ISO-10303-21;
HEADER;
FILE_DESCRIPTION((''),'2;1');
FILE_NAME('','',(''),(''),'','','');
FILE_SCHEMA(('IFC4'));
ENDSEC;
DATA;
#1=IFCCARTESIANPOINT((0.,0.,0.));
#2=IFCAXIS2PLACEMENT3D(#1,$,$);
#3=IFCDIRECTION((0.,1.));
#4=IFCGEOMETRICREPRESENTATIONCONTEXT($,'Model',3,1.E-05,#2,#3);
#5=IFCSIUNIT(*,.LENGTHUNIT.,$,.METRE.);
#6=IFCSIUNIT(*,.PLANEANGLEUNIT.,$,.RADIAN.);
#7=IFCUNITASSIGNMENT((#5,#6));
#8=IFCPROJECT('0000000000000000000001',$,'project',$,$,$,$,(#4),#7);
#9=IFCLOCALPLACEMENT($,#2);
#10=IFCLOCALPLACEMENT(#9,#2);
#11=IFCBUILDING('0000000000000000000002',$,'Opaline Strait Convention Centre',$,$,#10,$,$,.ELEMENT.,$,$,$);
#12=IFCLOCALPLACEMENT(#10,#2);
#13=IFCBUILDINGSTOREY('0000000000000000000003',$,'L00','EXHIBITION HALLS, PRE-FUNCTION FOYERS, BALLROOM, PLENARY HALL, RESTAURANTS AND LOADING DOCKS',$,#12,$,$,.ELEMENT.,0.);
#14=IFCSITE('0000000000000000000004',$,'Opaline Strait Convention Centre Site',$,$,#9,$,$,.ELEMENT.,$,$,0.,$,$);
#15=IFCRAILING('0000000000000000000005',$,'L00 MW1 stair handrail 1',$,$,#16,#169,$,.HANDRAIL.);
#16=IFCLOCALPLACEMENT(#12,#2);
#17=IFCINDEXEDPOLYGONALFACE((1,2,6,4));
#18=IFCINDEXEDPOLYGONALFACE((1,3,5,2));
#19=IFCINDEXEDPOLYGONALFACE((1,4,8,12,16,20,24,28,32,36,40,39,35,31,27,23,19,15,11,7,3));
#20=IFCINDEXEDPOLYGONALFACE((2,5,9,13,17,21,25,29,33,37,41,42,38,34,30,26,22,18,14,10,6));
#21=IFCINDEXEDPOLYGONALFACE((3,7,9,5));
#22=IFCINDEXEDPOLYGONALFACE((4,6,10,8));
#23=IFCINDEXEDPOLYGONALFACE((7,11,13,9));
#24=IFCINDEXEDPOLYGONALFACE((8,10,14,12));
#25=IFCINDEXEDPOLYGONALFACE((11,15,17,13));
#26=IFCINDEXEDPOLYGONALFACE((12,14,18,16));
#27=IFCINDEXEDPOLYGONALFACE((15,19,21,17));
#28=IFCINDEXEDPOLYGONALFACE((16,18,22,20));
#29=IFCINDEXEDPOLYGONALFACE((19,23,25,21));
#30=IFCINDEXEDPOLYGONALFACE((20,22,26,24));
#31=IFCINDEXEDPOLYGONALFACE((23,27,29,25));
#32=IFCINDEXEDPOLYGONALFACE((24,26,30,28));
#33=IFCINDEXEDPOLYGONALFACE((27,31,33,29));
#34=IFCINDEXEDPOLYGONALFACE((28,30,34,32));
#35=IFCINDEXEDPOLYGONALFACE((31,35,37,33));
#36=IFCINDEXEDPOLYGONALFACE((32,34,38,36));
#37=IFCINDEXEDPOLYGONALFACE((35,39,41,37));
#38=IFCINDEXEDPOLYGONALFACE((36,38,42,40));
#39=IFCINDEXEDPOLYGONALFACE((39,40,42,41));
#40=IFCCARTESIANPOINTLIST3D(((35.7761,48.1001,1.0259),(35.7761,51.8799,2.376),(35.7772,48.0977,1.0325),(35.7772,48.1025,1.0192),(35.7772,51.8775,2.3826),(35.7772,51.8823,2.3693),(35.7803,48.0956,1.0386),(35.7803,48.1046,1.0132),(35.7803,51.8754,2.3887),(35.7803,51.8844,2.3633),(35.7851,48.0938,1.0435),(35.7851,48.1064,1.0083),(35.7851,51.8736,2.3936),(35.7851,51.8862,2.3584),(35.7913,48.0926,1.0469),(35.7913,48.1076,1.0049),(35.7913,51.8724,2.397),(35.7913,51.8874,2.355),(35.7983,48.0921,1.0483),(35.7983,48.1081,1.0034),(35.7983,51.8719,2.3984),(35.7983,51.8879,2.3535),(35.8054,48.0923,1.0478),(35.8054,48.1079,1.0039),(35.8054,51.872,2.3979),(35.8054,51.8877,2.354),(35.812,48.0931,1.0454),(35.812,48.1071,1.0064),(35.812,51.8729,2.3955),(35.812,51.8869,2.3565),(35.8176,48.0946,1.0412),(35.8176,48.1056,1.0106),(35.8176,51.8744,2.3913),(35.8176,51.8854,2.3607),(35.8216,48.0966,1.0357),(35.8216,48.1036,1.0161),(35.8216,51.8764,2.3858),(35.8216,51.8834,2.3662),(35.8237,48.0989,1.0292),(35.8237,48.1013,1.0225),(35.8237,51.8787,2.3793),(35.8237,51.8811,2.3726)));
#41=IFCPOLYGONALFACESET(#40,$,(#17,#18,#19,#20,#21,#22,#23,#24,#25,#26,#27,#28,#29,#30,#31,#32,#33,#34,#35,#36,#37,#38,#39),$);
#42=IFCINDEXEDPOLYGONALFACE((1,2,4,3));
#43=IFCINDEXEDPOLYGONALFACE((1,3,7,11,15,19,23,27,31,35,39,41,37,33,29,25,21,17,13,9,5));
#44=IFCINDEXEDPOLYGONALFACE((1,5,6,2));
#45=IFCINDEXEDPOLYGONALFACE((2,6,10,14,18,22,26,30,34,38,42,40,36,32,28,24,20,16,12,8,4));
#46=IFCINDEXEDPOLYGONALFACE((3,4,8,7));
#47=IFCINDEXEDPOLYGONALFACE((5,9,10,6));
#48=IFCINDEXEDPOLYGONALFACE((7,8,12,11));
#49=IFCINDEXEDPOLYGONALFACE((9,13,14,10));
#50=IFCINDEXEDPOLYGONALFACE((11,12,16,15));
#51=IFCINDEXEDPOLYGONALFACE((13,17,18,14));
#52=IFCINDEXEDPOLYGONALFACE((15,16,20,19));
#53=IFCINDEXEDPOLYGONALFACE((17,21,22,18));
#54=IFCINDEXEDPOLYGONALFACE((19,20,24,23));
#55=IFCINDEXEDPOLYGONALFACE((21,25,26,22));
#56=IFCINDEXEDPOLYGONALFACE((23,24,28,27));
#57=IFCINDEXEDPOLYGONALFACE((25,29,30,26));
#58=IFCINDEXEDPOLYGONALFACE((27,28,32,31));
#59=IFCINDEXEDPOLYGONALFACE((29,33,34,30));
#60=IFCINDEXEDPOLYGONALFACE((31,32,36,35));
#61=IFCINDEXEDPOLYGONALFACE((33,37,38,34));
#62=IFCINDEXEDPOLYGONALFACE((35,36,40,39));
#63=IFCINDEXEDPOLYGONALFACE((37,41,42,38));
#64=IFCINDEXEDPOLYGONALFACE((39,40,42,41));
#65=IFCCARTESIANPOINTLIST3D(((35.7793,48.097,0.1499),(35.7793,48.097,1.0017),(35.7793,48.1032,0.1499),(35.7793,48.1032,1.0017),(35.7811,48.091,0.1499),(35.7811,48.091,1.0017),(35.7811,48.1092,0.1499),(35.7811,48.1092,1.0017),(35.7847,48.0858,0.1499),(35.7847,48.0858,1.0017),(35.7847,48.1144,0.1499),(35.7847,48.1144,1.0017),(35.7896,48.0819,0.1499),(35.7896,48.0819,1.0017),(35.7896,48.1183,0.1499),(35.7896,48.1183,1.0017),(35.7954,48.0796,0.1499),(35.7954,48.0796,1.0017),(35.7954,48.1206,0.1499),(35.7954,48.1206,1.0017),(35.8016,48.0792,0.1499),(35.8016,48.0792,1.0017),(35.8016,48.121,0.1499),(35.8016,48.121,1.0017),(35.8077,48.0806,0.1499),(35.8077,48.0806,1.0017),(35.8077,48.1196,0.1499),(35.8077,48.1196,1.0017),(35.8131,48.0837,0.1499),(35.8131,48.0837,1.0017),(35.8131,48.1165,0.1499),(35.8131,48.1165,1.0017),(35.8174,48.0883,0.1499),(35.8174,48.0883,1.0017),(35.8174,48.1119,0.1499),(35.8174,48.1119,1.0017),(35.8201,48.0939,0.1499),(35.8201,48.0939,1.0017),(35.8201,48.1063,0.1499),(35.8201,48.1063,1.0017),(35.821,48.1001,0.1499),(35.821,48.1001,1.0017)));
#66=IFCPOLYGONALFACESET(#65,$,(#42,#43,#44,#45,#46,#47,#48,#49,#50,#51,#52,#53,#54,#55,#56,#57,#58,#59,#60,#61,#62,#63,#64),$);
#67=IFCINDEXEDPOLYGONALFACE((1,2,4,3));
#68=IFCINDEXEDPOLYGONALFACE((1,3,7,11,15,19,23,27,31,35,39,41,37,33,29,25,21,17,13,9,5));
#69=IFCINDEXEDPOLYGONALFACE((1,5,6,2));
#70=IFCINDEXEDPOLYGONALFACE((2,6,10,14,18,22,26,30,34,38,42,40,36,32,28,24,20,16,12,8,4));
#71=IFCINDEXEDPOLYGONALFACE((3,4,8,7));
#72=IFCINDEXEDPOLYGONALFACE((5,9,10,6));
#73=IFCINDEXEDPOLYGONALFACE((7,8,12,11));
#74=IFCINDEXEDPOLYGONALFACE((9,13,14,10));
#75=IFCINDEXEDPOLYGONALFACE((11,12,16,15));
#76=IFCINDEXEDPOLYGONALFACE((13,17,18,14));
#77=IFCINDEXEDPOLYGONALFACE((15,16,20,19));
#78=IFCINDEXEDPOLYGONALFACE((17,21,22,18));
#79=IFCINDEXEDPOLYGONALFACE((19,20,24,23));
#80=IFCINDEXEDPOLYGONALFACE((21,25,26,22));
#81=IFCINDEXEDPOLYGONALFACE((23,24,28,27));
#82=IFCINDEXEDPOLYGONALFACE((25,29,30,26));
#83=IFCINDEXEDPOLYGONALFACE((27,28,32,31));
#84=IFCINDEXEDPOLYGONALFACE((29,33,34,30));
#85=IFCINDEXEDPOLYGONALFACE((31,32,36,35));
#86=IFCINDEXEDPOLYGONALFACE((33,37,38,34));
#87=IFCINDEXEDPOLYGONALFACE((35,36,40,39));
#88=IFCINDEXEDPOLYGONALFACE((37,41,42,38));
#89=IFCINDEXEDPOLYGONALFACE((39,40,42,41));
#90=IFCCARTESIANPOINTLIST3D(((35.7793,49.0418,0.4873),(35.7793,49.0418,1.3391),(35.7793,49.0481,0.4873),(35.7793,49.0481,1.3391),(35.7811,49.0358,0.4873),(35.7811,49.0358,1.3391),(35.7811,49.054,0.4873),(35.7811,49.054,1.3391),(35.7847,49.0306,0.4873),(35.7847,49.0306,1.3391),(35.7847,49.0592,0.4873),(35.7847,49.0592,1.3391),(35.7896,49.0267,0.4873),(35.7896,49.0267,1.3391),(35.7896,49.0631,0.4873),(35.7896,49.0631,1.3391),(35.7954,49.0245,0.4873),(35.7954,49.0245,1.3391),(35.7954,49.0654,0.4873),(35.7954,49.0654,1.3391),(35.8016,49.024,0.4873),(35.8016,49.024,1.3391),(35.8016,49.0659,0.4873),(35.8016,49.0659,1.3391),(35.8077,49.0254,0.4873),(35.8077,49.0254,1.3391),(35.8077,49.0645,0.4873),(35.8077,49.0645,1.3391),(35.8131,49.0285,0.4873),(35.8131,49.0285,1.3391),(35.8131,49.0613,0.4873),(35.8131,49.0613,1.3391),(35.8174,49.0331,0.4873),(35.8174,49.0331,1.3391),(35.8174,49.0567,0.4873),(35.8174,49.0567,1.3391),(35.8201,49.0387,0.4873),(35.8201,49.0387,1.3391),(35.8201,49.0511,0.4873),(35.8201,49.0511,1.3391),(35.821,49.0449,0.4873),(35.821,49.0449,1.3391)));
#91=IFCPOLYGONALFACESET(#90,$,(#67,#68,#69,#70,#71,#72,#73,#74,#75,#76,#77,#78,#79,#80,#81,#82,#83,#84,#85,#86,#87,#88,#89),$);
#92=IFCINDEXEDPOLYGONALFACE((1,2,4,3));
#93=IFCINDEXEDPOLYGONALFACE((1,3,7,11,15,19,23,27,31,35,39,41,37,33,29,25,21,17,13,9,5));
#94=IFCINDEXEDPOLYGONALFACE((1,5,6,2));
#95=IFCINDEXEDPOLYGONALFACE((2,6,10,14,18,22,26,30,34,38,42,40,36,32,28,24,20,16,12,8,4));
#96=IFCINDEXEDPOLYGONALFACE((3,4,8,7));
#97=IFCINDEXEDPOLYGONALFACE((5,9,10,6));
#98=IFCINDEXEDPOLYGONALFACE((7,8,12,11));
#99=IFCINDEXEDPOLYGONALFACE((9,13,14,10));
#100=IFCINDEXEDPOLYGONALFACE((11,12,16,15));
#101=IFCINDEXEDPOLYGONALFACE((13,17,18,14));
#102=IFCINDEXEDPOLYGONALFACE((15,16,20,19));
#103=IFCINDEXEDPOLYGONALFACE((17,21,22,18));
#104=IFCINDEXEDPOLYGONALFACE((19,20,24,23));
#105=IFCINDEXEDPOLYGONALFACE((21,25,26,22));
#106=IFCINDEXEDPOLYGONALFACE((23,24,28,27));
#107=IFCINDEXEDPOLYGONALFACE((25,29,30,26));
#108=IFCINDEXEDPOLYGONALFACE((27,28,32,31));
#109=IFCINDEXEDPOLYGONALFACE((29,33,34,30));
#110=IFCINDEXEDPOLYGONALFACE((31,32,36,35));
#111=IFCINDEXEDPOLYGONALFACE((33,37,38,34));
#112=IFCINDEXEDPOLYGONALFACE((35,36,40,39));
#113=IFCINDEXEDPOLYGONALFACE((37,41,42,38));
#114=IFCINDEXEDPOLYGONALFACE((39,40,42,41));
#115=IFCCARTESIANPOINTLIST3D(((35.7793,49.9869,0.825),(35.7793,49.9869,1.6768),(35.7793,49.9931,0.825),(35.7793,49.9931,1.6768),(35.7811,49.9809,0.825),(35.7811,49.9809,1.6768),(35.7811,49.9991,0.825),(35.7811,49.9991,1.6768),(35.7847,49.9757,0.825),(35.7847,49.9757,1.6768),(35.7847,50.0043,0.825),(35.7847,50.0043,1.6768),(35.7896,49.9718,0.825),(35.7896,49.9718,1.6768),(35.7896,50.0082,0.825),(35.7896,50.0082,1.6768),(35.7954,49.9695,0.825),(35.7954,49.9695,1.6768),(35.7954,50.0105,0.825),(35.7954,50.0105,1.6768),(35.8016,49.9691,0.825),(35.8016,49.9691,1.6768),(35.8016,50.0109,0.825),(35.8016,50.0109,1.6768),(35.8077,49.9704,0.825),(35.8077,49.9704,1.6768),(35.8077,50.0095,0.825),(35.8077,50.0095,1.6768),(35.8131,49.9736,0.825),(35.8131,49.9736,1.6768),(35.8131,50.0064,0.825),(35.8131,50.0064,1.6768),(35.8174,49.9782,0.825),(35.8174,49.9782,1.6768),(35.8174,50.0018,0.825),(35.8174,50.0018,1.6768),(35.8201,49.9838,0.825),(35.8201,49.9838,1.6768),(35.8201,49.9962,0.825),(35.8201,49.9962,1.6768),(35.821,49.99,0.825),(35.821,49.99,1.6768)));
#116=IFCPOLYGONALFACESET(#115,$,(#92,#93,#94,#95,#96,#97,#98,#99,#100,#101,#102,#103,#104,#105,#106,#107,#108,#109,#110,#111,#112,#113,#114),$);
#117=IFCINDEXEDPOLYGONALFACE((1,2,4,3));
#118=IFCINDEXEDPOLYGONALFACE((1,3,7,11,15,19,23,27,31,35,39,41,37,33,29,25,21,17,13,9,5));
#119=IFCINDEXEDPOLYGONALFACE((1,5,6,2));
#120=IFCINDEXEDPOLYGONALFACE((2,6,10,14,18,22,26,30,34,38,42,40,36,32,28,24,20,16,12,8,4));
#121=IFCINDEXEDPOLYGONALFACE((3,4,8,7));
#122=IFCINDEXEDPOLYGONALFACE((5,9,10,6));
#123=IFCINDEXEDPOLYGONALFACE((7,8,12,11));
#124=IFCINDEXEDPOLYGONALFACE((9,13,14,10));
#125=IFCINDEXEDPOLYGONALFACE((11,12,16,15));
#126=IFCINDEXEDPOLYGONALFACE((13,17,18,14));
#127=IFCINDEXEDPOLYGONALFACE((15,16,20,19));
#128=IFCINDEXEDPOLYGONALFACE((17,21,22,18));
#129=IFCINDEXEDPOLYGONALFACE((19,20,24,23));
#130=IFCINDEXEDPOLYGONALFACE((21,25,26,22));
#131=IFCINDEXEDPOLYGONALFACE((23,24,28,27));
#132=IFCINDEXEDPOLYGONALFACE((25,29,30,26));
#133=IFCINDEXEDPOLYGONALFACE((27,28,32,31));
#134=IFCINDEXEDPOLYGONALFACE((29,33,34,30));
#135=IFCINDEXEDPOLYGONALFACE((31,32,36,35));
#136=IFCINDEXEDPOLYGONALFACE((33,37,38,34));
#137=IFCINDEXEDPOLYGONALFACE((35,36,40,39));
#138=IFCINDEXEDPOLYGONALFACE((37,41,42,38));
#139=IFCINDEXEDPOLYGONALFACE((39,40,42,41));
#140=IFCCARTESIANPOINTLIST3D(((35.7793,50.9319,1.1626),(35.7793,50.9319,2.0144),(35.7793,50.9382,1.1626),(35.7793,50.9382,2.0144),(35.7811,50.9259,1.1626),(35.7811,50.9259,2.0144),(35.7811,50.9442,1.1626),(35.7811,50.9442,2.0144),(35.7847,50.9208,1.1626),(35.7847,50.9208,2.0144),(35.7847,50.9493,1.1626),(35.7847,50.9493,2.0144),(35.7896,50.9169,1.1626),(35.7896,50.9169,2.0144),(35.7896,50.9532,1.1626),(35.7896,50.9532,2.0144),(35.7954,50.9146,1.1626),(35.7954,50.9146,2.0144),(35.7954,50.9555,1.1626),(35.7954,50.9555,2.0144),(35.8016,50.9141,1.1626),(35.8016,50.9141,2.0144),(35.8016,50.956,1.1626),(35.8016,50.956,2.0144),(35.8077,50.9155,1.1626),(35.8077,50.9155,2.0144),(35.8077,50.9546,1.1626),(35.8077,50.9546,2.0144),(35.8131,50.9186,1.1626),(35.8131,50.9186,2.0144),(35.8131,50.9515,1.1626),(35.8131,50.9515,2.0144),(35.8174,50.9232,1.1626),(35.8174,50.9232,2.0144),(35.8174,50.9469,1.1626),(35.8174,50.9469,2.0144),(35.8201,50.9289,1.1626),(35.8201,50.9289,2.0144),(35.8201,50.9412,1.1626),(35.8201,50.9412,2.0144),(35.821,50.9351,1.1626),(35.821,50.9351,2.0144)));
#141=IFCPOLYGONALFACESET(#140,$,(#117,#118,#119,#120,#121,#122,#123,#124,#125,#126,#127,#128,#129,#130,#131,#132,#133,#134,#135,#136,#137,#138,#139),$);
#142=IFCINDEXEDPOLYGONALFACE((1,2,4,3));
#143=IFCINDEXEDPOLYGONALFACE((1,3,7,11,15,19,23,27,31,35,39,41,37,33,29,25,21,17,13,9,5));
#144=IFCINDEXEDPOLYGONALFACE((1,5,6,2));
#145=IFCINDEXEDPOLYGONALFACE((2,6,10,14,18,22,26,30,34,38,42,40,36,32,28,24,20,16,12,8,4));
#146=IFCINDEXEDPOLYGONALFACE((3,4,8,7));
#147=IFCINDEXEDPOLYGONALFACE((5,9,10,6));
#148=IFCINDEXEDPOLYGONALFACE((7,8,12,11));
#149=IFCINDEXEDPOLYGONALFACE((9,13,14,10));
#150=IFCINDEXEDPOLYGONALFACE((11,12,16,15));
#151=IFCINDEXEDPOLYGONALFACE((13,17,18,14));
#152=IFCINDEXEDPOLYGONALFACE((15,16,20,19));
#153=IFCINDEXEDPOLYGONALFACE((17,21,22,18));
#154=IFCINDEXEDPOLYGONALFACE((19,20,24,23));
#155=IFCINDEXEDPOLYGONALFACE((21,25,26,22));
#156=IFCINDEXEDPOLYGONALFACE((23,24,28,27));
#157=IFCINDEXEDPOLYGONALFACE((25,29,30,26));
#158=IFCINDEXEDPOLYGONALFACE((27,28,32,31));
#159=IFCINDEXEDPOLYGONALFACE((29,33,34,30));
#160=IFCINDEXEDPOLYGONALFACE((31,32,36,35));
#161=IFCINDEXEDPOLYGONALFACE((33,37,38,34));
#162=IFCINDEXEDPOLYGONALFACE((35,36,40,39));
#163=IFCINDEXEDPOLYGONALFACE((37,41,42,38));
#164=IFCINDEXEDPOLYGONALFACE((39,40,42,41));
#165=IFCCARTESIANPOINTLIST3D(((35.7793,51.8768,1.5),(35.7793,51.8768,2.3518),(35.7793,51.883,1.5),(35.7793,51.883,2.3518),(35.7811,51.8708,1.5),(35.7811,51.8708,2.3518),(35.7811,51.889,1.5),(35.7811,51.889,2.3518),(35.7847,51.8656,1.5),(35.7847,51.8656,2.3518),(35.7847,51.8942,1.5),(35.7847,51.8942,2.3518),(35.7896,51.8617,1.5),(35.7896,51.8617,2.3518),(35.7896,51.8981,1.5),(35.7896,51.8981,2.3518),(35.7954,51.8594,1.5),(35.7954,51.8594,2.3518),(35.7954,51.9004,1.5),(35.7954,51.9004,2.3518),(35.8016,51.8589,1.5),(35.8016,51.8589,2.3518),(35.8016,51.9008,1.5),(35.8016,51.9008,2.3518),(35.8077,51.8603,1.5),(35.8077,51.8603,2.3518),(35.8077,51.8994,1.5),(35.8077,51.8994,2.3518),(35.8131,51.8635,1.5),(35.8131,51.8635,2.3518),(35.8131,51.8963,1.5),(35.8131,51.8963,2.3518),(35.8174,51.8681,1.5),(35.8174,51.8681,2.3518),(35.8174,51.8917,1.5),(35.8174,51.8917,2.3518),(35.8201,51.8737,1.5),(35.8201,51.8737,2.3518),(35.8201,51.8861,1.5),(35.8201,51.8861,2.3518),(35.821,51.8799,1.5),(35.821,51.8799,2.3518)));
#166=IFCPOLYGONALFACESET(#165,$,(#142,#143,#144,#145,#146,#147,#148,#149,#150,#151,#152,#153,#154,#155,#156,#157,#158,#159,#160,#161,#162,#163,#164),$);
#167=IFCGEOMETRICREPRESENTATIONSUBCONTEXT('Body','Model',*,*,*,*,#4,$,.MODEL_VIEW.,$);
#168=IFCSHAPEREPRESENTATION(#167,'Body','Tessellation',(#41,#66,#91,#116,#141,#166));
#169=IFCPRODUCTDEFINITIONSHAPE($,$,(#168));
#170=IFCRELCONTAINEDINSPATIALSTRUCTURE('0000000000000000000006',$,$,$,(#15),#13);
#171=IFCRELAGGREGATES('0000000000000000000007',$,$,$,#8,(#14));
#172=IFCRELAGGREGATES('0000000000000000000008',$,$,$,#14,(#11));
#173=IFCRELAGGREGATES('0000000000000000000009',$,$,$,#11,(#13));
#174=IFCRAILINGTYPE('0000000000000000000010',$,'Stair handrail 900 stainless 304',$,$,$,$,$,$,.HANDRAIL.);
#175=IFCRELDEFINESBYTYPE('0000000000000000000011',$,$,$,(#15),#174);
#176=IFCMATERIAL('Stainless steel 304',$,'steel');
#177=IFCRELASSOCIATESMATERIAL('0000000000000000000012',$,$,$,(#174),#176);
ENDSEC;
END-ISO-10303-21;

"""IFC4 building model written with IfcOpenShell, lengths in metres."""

from ifc_helpers import new_model, si_unit, direction, frame, origin, origin_2d, place, context, subcontext, project, spatial, circle, extrude, material, type_object, element, save


model = new_model("IFC4")

# Units and contexts
model_context = context("Model", 3, precision=1e-05, world=origin(), true_north=direction((0.0, 1.0)))
body_context = subcontext(model_context, "Body", "Model", "MODEL_VIEW")
ifc_project = project(units=[si_unit("LENGTHUNIT", "METRE"), si_unit("PLANEANGLEUNIT", "RADIAN")], contexts=[model_context])

# Site, building, storey
site_placement = place(None, origin())
site = spatial("IfcSite", under=ifc_project, at=site_placement, Name="Opaline Strait Convention Centre Site", CompositionType="ELEMENT", RefElevation=0.0)
building_placement = place(site_placement, origin())
building = spatial("IfcBuilding", under=site, at=building_placement, Name="Opaline Strait Convention Centre", CompositionType="ELEMENT")
storey_placement = place(building_placement, origin())
storey = spatial("IfcBuildingStorey", under=building, at=storey_placement, Name="L00", Description="EXHIBITION HALLS, PRE-FUNCTION FOYERS, BALLROOM, PLENARY HALL, RESTAURANTS AND LOADING DOCKS", CompositionType="ELEMENT", Elevation=0.0)

# Railing
ifc_material_1 = material(Name="Stainless steel 304", Category="steel")
railing_type = type_object("IfcRailingType", Name="Stair handrail 900 stainless 304", PredefinedType="HANDRAIL", material=ifc_material_1)
for number, where, name in (
    (1, (35.8, 48.1001, 0.1499), "L00 MW1 stair handrail 1"),
):
    element("IfcRailing", number, at=place(storey_placement, frame(where)), inside=storey, type_object=railing_type, Name=name, PredefinedType="HANDRAIL", context=body_context, shape_type="SweptSolid", body=[
        extrude(circle(Radius=0.0239, at=origin_2d()), frame((0.0, 0.0, 0.876), z_axis=(0.0, 0.941728, 0.336375), x_axis=(-1.0, 0.0, 0.0)), (0.0, 0.0, 1.0), 4.0137),
        extrude(circle(Radius=0.021, at=origin_2d()), origin(), (0.0, 0.0, 1.0), 0.8518),
        extrude(circle(Radius=0.021, at=origin_2d()), frame((0.0, 0.9448, 0.3374)), (0.0, 0.0, 1.0), 0.8518),
        extrude(circle(Radius=0.021, at=origin_2d()), frame((0.0, 1.8899, 0.675)), (0.0, 0.0, 1.0), 0.8518),
        extrude(circle(Radius=0.021, at=origin_2d()), frame((0.0, 2.835, 1.0127)), (0.0, 0.0, 1.0), 0.8518),
        extrude(circle(Radius=0.021, at=origin_2d()), frame((0.0, 3.7798, 1.3501)), (0.0, 0.0, 1.0), 0.8518),
    ])

save(model, "model.ifc")
